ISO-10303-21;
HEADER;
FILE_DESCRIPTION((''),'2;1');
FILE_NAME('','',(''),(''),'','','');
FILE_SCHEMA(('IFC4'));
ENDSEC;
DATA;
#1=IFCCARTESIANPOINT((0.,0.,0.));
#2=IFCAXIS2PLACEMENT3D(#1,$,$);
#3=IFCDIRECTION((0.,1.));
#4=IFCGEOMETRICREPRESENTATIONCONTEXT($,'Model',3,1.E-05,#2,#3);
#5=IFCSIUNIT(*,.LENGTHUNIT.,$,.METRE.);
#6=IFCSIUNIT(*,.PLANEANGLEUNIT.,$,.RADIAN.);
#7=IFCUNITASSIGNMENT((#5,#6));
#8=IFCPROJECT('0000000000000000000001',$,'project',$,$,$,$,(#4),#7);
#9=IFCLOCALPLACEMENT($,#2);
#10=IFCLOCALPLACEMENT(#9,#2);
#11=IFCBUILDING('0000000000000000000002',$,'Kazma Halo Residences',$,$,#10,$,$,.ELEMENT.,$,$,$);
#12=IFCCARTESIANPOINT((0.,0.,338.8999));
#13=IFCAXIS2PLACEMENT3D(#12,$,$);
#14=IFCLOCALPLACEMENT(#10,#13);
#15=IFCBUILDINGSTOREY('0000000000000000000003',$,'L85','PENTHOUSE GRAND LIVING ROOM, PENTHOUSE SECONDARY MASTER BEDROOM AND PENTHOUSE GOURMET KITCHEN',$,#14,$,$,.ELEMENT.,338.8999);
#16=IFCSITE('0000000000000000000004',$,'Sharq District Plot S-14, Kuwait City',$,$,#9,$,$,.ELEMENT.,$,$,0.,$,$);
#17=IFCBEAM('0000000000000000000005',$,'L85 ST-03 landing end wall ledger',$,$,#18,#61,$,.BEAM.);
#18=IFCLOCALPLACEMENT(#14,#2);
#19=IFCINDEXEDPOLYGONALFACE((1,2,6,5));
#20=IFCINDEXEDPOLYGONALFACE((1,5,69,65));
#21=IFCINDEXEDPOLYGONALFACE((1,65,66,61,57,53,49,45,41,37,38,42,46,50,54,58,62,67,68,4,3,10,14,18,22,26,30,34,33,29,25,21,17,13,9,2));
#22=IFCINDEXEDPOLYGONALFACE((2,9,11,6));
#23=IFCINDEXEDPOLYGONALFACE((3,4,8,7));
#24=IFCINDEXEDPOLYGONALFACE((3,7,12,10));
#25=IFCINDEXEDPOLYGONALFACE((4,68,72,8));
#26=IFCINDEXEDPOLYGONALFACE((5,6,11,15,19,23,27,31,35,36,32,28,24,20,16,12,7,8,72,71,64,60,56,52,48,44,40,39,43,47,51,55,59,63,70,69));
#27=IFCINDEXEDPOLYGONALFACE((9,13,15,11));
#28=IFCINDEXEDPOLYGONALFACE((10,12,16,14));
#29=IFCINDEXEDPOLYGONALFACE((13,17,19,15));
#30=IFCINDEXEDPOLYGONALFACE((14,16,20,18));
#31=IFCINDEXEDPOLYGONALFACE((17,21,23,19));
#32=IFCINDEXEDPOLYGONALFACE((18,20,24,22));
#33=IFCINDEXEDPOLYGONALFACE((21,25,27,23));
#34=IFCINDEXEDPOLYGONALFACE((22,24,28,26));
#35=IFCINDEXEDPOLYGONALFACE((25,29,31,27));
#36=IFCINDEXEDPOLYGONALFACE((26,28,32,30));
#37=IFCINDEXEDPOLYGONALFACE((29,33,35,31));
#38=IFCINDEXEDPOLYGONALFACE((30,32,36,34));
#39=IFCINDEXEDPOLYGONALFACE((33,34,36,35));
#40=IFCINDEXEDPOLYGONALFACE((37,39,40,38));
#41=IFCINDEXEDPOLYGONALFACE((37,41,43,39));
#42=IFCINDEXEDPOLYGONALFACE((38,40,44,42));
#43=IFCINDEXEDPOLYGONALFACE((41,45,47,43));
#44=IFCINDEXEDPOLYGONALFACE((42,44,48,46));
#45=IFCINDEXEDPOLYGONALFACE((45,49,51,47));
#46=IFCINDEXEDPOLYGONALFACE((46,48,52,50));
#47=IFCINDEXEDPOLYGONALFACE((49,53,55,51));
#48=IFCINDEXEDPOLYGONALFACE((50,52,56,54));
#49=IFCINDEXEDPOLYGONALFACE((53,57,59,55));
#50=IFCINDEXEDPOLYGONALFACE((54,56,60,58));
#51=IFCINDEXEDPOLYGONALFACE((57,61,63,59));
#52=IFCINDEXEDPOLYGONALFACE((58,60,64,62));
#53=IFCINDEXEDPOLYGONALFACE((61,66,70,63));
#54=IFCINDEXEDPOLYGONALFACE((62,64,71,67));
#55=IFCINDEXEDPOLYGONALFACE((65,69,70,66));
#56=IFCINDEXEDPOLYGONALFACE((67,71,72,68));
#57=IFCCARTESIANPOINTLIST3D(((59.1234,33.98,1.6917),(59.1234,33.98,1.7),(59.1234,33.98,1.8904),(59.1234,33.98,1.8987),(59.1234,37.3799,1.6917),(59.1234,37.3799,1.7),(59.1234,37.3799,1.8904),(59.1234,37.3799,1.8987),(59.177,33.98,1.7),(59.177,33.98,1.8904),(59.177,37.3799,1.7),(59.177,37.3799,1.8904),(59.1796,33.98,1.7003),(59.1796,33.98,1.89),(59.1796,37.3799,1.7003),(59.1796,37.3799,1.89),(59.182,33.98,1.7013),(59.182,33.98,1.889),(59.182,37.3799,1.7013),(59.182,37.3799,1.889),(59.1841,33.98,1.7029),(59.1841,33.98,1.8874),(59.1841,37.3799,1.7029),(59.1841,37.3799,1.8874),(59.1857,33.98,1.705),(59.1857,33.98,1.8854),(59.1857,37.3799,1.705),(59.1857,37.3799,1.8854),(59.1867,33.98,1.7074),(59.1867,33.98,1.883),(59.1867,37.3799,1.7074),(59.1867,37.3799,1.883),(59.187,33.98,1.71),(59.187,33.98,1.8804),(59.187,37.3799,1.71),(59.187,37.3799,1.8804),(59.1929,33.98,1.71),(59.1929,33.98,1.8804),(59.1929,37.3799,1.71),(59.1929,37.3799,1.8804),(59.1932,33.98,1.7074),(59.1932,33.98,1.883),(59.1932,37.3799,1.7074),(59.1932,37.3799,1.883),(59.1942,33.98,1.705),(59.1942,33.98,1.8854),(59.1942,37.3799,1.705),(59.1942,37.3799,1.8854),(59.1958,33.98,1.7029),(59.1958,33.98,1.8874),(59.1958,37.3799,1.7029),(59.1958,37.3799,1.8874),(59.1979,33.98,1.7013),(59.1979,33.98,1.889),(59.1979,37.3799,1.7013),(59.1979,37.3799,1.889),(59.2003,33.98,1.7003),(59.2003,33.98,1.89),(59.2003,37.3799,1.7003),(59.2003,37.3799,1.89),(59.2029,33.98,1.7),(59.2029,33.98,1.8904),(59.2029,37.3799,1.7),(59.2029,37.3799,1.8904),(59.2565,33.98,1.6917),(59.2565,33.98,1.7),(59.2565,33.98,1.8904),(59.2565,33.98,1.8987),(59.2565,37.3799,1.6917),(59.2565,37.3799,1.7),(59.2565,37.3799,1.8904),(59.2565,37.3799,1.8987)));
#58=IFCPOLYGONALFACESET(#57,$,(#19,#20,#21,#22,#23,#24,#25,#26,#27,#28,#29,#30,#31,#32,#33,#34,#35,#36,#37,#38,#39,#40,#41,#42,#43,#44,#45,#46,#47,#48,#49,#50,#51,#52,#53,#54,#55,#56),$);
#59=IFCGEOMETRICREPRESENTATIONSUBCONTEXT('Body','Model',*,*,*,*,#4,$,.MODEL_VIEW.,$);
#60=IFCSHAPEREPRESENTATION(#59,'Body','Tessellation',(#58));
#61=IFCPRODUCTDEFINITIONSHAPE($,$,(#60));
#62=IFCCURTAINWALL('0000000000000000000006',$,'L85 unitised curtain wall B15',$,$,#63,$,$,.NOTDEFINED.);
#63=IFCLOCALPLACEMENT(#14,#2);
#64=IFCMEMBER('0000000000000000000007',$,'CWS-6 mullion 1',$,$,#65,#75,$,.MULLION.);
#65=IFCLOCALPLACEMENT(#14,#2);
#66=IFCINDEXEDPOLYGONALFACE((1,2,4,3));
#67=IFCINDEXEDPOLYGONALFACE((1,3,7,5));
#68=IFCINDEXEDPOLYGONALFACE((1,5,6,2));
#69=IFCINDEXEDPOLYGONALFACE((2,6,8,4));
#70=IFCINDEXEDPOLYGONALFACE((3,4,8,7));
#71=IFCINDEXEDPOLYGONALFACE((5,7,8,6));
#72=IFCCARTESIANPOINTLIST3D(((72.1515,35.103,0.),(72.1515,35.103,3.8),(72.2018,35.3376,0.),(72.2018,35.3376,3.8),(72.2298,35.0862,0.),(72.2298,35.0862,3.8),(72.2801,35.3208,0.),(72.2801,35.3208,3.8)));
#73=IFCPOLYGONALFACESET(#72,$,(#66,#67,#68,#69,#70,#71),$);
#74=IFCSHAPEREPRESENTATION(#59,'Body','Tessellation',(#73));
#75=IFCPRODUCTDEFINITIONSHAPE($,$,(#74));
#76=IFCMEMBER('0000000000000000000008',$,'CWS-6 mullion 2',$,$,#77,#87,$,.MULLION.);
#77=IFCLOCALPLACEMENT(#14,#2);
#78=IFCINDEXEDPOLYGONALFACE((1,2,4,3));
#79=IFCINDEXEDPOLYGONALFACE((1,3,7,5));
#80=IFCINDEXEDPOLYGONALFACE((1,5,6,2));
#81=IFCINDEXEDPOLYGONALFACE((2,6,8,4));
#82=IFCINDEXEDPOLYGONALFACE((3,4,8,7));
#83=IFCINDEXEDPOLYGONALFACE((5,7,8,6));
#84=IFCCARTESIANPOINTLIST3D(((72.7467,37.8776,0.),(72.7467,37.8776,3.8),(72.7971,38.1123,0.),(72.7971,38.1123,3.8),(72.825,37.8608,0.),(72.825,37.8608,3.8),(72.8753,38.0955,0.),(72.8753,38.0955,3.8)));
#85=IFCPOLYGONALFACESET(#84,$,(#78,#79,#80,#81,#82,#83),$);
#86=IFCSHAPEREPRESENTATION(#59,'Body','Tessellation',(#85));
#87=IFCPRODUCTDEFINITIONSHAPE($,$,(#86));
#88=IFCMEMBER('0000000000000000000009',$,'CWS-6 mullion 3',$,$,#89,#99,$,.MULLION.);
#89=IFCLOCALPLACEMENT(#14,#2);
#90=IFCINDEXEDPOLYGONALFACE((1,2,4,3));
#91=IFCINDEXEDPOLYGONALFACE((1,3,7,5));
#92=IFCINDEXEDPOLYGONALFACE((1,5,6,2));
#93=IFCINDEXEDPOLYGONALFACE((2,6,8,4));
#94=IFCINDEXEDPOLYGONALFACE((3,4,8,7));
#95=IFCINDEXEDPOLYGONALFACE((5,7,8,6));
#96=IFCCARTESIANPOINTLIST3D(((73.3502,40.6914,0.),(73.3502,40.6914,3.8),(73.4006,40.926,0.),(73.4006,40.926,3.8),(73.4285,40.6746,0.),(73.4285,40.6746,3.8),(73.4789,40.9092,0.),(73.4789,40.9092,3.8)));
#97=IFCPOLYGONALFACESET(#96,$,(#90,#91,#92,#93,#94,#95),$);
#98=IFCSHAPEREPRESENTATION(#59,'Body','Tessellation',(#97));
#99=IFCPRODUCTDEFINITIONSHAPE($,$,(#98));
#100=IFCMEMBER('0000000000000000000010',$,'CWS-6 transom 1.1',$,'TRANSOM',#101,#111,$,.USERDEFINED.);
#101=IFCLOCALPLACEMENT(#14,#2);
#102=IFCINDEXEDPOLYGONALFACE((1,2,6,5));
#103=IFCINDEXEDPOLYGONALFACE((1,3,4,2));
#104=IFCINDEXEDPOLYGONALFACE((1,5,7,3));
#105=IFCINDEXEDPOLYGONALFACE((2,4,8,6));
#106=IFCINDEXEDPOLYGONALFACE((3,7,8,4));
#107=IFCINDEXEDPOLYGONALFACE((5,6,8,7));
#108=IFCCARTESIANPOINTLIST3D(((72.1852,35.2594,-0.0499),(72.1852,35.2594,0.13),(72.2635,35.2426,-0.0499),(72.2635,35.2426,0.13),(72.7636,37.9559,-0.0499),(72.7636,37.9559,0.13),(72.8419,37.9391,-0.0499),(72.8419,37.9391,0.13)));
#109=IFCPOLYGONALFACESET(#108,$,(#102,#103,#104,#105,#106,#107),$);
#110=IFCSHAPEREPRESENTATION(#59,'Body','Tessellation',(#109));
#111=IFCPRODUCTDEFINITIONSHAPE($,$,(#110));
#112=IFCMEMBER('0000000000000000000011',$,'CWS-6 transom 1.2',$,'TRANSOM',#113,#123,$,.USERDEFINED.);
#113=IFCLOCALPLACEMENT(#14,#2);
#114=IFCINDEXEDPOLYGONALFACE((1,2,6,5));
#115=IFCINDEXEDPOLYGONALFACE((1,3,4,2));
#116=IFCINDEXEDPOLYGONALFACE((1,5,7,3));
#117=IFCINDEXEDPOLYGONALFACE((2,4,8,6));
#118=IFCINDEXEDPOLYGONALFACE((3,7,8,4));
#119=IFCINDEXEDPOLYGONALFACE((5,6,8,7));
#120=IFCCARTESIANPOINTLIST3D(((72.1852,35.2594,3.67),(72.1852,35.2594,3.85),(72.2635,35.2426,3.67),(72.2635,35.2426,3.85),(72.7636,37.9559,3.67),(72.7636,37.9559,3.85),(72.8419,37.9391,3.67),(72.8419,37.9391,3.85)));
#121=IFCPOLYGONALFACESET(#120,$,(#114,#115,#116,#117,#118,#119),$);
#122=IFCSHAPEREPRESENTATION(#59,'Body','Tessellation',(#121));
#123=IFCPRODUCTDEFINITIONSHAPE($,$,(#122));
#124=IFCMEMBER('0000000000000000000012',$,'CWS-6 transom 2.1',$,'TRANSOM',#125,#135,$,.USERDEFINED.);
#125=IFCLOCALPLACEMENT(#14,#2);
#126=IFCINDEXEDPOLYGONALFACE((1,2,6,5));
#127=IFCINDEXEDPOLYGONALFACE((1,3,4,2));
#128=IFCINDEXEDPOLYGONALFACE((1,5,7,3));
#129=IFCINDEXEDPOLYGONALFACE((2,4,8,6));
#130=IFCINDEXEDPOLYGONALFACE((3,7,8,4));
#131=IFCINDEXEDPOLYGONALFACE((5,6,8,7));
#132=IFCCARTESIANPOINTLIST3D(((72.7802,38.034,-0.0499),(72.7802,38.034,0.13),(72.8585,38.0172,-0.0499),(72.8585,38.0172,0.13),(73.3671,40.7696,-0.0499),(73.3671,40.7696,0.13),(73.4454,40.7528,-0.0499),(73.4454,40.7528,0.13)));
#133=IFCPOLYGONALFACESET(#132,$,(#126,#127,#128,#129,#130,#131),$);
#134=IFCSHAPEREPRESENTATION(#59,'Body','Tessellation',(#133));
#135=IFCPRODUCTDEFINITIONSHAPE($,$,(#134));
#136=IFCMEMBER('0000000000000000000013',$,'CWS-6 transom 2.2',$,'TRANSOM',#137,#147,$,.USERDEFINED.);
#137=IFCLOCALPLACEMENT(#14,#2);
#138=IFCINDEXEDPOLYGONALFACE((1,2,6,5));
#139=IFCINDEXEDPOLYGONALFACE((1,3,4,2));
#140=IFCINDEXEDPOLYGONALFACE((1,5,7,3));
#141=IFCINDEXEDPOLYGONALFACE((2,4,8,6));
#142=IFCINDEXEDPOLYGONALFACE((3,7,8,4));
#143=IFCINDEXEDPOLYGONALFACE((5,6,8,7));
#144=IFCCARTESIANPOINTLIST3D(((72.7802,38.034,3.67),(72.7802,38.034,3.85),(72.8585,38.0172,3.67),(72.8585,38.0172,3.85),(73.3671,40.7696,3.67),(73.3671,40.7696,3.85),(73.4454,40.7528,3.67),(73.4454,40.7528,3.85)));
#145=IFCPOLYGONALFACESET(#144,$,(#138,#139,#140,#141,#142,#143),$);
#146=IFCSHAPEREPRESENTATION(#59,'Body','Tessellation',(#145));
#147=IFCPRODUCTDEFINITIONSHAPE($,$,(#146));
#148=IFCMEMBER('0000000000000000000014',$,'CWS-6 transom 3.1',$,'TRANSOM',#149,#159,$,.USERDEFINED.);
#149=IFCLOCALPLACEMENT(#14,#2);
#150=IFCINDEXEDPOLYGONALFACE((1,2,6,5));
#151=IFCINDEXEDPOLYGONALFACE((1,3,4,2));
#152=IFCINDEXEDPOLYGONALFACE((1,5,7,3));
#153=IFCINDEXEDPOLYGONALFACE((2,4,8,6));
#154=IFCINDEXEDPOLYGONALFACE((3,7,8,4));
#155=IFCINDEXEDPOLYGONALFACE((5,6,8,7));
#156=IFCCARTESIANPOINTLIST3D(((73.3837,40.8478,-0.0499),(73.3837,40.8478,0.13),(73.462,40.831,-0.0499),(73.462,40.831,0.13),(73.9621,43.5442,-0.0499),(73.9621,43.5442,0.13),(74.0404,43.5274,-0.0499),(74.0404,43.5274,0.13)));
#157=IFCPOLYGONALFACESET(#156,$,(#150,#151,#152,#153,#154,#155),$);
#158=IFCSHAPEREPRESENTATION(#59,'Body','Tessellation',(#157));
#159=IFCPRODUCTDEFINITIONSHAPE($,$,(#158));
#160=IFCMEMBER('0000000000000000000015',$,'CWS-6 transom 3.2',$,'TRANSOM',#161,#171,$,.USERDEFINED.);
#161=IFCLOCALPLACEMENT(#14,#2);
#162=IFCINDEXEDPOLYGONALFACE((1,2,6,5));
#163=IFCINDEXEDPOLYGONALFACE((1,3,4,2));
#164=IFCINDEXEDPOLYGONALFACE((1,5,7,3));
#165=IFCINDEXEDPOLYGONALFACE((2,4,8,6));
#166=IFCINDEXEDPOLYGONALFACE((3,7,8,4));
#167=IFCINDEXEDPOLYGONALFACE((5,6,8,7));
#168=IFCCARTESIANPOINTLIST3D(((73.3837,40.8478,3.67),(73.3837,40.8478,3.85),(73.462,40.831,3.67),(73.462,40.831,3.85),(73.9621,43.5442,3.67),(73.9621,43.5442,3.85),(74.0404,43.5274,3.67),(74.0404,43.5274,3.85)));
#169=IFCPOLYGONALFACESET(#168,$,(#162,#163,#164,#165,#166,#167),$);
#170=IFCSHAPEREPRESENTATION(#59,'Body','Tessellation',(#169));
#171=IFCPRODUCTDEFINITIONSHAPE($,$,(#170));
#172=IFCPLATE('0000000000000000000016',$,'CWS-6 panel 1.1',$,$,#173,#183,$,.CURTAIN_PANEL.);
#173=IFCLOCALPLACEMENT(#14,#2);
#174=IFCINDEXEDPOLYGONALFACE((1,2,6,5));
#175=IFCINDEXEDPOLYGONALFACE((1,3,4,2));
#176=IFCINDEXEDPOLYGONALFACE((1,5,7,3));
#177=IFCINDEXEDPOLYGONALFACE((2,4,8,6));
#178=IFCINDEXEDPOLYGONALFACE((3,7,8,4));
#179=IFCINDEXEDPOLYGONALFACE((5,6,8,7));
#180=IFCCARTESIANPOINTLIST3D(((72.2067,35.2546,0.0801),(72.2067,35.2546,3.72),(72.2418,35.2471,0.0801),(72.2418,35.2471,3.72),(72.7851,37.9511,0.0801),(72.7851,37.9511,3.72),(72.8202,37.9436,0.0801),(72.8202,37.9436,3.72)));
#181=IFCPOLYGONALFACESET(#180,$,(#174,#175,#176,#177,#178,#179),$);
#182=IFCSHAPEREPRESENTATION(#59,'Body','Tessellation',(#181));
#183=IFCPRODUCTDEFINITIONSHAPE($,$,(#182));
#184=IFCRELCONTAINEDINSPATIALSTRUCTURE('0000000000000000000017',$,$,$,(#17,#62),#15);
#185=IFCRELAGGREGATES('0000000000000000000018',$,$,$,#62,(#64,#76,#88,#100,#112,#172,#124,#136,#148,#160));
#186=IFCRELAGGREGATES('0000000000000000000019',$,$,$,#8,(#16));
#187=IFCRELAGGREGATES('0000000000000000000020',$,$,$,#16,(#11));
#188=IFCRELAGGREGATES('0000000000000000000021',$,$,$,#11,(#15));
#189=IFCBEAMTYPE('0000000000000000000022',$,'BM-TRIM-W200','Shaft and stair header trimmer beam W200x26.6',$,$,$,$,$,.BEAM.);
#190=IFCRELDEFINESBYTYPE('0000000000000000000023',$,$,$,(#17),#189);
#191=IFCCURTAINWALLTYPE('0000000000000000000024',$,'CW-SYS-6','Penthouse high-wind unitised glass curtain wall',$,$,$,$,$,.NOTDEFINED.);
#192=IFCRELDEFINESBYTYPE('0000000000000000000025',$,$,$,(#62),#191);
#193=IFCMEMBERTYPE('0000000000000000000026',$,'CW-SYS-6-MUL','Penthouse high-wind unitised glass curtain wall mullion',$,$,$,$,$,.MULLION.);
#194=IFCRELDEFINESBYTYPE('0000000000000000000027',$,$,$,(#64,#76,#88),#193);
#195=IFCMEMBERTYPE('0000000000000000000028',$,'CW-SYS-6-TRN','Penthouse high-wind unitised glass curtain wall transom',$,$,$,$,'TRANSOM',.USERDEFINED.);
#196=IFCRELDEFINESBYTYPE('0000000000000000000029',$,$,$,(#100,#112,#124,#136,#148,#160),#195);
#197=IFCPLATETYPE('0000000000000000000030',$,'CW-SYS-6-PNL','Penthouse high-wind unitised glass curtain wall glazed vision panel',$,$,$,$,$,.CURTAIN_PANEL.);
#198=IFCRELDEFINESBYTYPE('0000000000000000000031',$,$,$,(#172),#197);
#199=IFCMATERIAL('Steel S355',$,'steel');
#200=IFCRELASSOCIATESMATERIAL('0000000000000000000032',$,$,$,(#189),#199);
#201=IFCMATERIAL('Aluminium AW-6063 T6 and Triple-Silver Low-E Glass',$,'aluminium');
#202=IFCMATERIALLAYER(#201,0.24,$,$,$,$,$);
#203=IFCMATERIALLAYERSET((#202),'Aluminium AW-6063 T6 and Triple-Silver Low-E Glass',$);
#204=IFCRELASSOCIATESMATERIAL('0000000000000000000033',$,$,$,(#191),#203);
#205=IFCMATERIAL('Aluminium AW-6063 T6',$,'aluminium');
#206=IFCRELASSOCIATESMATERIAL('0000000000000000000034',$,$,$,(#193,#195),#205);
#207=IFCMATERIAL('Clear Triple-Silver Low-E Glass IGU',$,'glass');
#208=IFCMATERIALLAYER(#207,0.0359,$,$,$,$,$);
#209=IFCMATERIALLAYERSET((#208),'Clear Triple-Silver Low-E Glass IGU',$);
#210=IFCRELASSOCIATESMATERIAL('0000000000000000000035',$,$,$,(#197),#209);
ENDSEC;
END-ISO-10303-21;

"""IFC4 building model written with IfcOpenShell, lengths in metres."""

from ifc_helpers import new_model, si_unit, direction, frame, origin, origin_2d, place, context, subcontext, project, spatial, rectangle, i_section, extrude, material, layer, layer_set, material_profile, profile_set, type_object, element, aggregate, save


model = new_model("IFC4")

# Units and contexts
model_context = context("Model", 3, precision=1e-05, world=origin(), true_north=direction((0.0, 1.0)))
body_context = subcontext(model_context, "Body", "Model", "MODEL_VIEW")
ifc_project = project(units=[si_unit("LENGTHUNIT", "METRE"), si_unit("PLANEANGLEUNIT", "RADIAN")], contexts=[model_context])

# Site, building, storey
site_placement = place(None, origin())
site = spatial("IfcSite", under=ifc_project, at=site_placement, Name="Sharq District Plot S-14, Kuwait City", CompositionType="ELEMENT", RefElevation=0.0)
building_placement = place(site_placement, origin())
building = spatial("IfcBuilding", under=site, at=building_placement, Name="Kazma Halo Residences", CompositionType="ELEMENT")
storey_placement = place(building_placement, frame((0.0, 0.0, 338.8999)))
storey = spatial("IfcBuildingStorey", under=building, at=storey_placement, Name="L85", Description="PENTHOUSE GRAND LIVING ROOM, PENTHOUSE SECONDARY MASTER BEDROOM AND PENTHOUSE GOURMET KITCHEN", CompositionType="ELEMENT", Elevation=338.8999)

# Beam
ifc_material_1 = material(Name="Steel S355", Category="steel")
ifc_material_profile_1 = material_profile(ifc_material_1, i_section(OverallWidth=0.1331, OverallDepth=0.207, WebThickness=0.0059, FlangeThickness=0.0083, FilletRadius=0.01, at=origin_2d()), Name="W200x26.6")
ifc_profile_set_1 = profile_set([ifc_material_profile_1], Name="Steel S355")
beam_type_1 = type_object("IfcBeamType", Name="BM-TRIM-W200", Description="Shaft and stair header trimmer beam W200x26.6", PredefinedType="BEAM", material=ifc_profile_set_1)
beam_1_placement = place(storey_placement, frame((59.1899, 33.98, 1.7952), z_axis=(0.0, 1.0, 0.0), x_axis=(-1.0, 0.0, 0.0)))
element("IfcBeam", 1, at=beam_1_placement, inside=storey, type_object=beam_type_1, Name="L85 ST-03 landing end wall ledger", PredefinedType="BEAM", context=body_context, shape_type="SweptSolid", body=[
    extrude(i_section(OverallWidth=0.1331, OverallDepth=0.207, WebThickness=0.0059, FlangeThickness=0.0083, FilletRadius=0.01, at=origin_2d()), origin(), (0.0, 0.0, 1.0), 3.3999),
])

# Curtain wall, members, plate
ifc_material_2 = material(Name="Aluminium AW-6063 T6 and Triple-Silver Low-E Glass", Category="aluminium")
ifc_layer_1 = layer(ifc_material_2, 0.24)
ifc_layer_set_1 = layer_set([ifc_layer_1], Name="Aluminium AW-6063 T6 and Triple-Silver Low-E Glass")
curtain_wall_type = type_object("IfcCurtainWallType", Name="CW-SYS-6", Description="Penthouse high-wind unitised glass curtain wall", PredefinedType="NOTDEFINED", material=ifc_layer_set_1)
curtain_wall_placement = place(storey_placement, origin())
curtain_wall = element("IfcCurtainWall", 2, at=curtain_wall_placement, inside=storey, type_object=curtain_wall_type, Name="L85 unitised curtain wall B15", PredefinedType="NOTDEFINED")
ifc_material_3 = material(Name="Aluminium AW-6063 T6", Category="aluminium")
ifc_material_profile_2 = material_profile(ifc_material_3, rectangle(XDim=0.0801, YDim=0.24, at=origin_2d()), Name="CWM-80x240")
ifc_profile_set_2 = profile_set([ifc_material_profile_2], Name="Aluminium AW-6063 T6")
member_type_1 = type_object("IfcMemberType", Name="CW-SYS-6-MUL", Description="Penthouse high-wind unitised glass curtain wall mullion", PredefinedType="MULLION", material=ifc_profile_set_2)
member_1_placement = place(storey_placement, frame((72.2158, 35.2119, 0.0), z_axis=(0.0, 0.0, 1.0), x_axis=(-0.977761, 0.209723, 0.0)))
member_1 = element("IfcMember", 3, at=member_1_placement, type_object=member_type_1, Name="CWS-6 mullion 1", PredefinedType="MULLION", context=body_context, shape_type="SweptSolid", body=[
    extrude(rectangle(XDim=0.0801, YDim=0.24, at=origin_2d()), origin(), (0.0, 0.0, 1.0), 3.8),
])
member_2_placement = place(storey_placement, frame((72.811, 37.9866, 0.0), z_axis=(0.0, 0.0, 1.0), x_axis=(-0.977761, 0.209723, 0.0)))
member_2 = element("IfcMember", 4, at=member_2_placement, type_object=member_type_1, Name="CWS-6 mullion 2", PredefinedType="MULLION", context=body_context, shape_type="SweptSolid", body=[
    extrude(rectangle(XDim=0.0801, YDim=0.24, at=origin_2d()), origin(), (0.0, 0.0, 1.0), 3.8),
])
member_3_placement = place(storey_placement, frame((73.4146, 40.8003, 0.0), z_axis=(0.0, 0.0, 1.0), x_axis=(-0.977761, 0.209723, 0.0)))
member_3 = element("IfcMember", 5, at=member_3_placement, type_object=member_type_1, Name="CWS-6 mullion 3", PredefinedType="MULLION", context=body_context, shape_type="SweptSolid", body=[
    extrude(rectangle(XDim=0.0801, YDim=0.24, at=origin_2d()), origin(), (0.0, 0.0, 1.0), 3.8),
])
ifc_material_profile_3 = material_profile(ifc_material_3, rectangle(XDim=0.0801, YDim=0.1799, at=origin_2d()), Name="CWT-80x180")
ifc_profile_set_3 = profile_set([ifc_material_profile_3], Name="Aluminium AW-6063 T6")
member_type_2 = type_object("IfcMemberType", Name="CW-SYS-6-TRN", Description="Penthouse high-wind unitised glass curtain wall transom", ElementType="TRANSOM", PredefinedType="USERDEFINED", material=ifc_profile_set_3)
member_4_placement = place(storey_placement, frame((72.2244, 35.251, 0.04), z_axis=(0.209716, 0.977762, 0.0), x_axis=(-0.977762, 0.209716, 0.0)))
member_4 = element("IfcMember", 6, at=member_4_placement, type_object=member_type_2, Name="CWS-6 transom 1.1", ObjectType="TRANSOM", PredefinedType="USERDEFINED", context=body_context, shape_type="SweptSolid", body=[
    extrude(rectangle(XDim=0.0801, YDim=0.1799, at=origin_2d()), origin(), (0.0, 0.0, 1.0), 2.7578),
])
member_5_placement = place(storey_placement, frame((72.2244, 35.251, 3.76), z_axis=(0.209716, 0.977762, 0.0), x_axis=(-0.977762, 0.209716, 0.0)))
member_5 = element("IfcMember", 7, at=member_5_placement, type_object=member_type_2, Name="CWS-6 transom 1.2", ObjectType="TRANSOM", PredefinedType="USERDEFINED", context=body_context, shape_type="SweptSolid", body=[
    extrude(rectangle(XDim=0.0801, YDim=0.1799, at=origin_2d()), origin(), (0.0, 0.0, 1.0), 2.7578),
])
member_6_placement = place(storey_placement, frame((72.8193, 38.0256, 0.04), z_axis=(0.209773, 0.97775, 0.0), x_axis=(-0.97775, 0.209773, 0.0)))
member_6 = element("IfcMember", 8, at=member_6_placement, type_object=member_type_2, Name="CWS-6 transom 2.1", ObjectType="TRANSOM", PredefinedType="USERDEFINED", context=body_context, shape_type="SweptSolid", body=[
    extrude(rectangle(XDim=0.0801, YDim=0.1799, at=origin_2d()), origin(), (0.0, 0.0, 1.0), 2.7979),
])
member_7_placement = place(storey_placement, frame((72.8193, 38.0256, 3.76), z_axis=(0.209773, 0.97775, 0.0), x_axis=(-0.97775, 0.209773, 0.0)))
member_7 = element("IfcMember", 9, at=member_7_placement, type_object=member_type_2, Name="CWS-6 transom 2.2", ObjectType="TRANSOM", PredefinedType="USERDEFINED", context=body_context, shape_type="SweptSolid", body=[
    extrude(rectangle(XDim=0.0801, YDim=0.1799, at=origin_2d()), origin(), (0.0, 0.0, 1.0), 2.7979),
])
member_8_placement = place(storey_placement, frame((73.4229, 40.8394, 0.04), z_axis=(0.209716, 0.977762, 0.0), x_axis=(-0.977762, 0.209716, 0.0)))
member_8 = element("IfcMember", 10, at=member_8_placement, type_object=member_type_2, Name="CWS-6 transom 3.1", ObjectType="TRANSOM", PredefinedType="USERDEFINED", context=body_context, shape_type="SweptSolid", body=[
    extrude(rectangle(XDim=0.0801, YDim=0.1799, at=origin_2d()), origin(), (0.0, 0.0, 1.0), 2.7578),
])
member_9_placement = place(storey_placement, frame((73.4229, 40.8394, 3.76), z_axis=(0.209716, 0.977762, 0.0), x_axis=(-0.977762, 0.209716, 0.0)))
member_9 = element("IfcMember", 11, at=member_9_placement, type_object=member_type_2, Name="CWS-6 transom 3.2", ObjectType="TRANSOM", PredefinedType="USERDEFINED", context=body_context, shape_type="SweptSolid", body=[
    extrude(rectangle(XDim=0.0801, YDim=0.1799, at=origin_2d()), origin(), (0.0, 0.0, 1.0), 2.7578),
])
ifc_material_4 = material(Name="Clear Triple-Silver Low-E Glass IGU", Category="glass")
ifc_layer_2 = layer(ifc_material_4, 0.0359)
ifc_layer_set_2 = layer_set([ifc_layer_2], Name="Clear Triple-Silver Low-E Glass IGU")
plate_type = type_object("IfcPlateType", Name="CW-SYS-6-PNL", Description="Penthouse high-wind unitised glass curtain wall glazed vision panel", PredefinedType="CURTAIN_PANEL", material=ifc_layer_set_2)
plate_1_placement = place(storey_placement, frame((72.5134, 36.5991, 0.0801), z_axis=(0.0, 0.0, 1.0), x_axis=(0.209723, 0.977761, 0.0)))
plate_1 = element("IfcPlate", 12, at=plate_1_placement, type_object=plate_type, Name="CWS-6 panel 1.1", PredefinedType="CURTAIN_PANEL", context=body_context, shape_type="SweptSolid", body=[
    extrude(rectangle(XDim=2.7578, YDim=0.0359, at=origin_2d()), origin(), (0.0, 0.0, 1.0), 3.6399),
])
aggregate(curtain_wall, [member_1, member_2, member_3, member_4, member_5, plate_1, member_6, member_7, member_8, member_9])

save(model, "model.ifc")
